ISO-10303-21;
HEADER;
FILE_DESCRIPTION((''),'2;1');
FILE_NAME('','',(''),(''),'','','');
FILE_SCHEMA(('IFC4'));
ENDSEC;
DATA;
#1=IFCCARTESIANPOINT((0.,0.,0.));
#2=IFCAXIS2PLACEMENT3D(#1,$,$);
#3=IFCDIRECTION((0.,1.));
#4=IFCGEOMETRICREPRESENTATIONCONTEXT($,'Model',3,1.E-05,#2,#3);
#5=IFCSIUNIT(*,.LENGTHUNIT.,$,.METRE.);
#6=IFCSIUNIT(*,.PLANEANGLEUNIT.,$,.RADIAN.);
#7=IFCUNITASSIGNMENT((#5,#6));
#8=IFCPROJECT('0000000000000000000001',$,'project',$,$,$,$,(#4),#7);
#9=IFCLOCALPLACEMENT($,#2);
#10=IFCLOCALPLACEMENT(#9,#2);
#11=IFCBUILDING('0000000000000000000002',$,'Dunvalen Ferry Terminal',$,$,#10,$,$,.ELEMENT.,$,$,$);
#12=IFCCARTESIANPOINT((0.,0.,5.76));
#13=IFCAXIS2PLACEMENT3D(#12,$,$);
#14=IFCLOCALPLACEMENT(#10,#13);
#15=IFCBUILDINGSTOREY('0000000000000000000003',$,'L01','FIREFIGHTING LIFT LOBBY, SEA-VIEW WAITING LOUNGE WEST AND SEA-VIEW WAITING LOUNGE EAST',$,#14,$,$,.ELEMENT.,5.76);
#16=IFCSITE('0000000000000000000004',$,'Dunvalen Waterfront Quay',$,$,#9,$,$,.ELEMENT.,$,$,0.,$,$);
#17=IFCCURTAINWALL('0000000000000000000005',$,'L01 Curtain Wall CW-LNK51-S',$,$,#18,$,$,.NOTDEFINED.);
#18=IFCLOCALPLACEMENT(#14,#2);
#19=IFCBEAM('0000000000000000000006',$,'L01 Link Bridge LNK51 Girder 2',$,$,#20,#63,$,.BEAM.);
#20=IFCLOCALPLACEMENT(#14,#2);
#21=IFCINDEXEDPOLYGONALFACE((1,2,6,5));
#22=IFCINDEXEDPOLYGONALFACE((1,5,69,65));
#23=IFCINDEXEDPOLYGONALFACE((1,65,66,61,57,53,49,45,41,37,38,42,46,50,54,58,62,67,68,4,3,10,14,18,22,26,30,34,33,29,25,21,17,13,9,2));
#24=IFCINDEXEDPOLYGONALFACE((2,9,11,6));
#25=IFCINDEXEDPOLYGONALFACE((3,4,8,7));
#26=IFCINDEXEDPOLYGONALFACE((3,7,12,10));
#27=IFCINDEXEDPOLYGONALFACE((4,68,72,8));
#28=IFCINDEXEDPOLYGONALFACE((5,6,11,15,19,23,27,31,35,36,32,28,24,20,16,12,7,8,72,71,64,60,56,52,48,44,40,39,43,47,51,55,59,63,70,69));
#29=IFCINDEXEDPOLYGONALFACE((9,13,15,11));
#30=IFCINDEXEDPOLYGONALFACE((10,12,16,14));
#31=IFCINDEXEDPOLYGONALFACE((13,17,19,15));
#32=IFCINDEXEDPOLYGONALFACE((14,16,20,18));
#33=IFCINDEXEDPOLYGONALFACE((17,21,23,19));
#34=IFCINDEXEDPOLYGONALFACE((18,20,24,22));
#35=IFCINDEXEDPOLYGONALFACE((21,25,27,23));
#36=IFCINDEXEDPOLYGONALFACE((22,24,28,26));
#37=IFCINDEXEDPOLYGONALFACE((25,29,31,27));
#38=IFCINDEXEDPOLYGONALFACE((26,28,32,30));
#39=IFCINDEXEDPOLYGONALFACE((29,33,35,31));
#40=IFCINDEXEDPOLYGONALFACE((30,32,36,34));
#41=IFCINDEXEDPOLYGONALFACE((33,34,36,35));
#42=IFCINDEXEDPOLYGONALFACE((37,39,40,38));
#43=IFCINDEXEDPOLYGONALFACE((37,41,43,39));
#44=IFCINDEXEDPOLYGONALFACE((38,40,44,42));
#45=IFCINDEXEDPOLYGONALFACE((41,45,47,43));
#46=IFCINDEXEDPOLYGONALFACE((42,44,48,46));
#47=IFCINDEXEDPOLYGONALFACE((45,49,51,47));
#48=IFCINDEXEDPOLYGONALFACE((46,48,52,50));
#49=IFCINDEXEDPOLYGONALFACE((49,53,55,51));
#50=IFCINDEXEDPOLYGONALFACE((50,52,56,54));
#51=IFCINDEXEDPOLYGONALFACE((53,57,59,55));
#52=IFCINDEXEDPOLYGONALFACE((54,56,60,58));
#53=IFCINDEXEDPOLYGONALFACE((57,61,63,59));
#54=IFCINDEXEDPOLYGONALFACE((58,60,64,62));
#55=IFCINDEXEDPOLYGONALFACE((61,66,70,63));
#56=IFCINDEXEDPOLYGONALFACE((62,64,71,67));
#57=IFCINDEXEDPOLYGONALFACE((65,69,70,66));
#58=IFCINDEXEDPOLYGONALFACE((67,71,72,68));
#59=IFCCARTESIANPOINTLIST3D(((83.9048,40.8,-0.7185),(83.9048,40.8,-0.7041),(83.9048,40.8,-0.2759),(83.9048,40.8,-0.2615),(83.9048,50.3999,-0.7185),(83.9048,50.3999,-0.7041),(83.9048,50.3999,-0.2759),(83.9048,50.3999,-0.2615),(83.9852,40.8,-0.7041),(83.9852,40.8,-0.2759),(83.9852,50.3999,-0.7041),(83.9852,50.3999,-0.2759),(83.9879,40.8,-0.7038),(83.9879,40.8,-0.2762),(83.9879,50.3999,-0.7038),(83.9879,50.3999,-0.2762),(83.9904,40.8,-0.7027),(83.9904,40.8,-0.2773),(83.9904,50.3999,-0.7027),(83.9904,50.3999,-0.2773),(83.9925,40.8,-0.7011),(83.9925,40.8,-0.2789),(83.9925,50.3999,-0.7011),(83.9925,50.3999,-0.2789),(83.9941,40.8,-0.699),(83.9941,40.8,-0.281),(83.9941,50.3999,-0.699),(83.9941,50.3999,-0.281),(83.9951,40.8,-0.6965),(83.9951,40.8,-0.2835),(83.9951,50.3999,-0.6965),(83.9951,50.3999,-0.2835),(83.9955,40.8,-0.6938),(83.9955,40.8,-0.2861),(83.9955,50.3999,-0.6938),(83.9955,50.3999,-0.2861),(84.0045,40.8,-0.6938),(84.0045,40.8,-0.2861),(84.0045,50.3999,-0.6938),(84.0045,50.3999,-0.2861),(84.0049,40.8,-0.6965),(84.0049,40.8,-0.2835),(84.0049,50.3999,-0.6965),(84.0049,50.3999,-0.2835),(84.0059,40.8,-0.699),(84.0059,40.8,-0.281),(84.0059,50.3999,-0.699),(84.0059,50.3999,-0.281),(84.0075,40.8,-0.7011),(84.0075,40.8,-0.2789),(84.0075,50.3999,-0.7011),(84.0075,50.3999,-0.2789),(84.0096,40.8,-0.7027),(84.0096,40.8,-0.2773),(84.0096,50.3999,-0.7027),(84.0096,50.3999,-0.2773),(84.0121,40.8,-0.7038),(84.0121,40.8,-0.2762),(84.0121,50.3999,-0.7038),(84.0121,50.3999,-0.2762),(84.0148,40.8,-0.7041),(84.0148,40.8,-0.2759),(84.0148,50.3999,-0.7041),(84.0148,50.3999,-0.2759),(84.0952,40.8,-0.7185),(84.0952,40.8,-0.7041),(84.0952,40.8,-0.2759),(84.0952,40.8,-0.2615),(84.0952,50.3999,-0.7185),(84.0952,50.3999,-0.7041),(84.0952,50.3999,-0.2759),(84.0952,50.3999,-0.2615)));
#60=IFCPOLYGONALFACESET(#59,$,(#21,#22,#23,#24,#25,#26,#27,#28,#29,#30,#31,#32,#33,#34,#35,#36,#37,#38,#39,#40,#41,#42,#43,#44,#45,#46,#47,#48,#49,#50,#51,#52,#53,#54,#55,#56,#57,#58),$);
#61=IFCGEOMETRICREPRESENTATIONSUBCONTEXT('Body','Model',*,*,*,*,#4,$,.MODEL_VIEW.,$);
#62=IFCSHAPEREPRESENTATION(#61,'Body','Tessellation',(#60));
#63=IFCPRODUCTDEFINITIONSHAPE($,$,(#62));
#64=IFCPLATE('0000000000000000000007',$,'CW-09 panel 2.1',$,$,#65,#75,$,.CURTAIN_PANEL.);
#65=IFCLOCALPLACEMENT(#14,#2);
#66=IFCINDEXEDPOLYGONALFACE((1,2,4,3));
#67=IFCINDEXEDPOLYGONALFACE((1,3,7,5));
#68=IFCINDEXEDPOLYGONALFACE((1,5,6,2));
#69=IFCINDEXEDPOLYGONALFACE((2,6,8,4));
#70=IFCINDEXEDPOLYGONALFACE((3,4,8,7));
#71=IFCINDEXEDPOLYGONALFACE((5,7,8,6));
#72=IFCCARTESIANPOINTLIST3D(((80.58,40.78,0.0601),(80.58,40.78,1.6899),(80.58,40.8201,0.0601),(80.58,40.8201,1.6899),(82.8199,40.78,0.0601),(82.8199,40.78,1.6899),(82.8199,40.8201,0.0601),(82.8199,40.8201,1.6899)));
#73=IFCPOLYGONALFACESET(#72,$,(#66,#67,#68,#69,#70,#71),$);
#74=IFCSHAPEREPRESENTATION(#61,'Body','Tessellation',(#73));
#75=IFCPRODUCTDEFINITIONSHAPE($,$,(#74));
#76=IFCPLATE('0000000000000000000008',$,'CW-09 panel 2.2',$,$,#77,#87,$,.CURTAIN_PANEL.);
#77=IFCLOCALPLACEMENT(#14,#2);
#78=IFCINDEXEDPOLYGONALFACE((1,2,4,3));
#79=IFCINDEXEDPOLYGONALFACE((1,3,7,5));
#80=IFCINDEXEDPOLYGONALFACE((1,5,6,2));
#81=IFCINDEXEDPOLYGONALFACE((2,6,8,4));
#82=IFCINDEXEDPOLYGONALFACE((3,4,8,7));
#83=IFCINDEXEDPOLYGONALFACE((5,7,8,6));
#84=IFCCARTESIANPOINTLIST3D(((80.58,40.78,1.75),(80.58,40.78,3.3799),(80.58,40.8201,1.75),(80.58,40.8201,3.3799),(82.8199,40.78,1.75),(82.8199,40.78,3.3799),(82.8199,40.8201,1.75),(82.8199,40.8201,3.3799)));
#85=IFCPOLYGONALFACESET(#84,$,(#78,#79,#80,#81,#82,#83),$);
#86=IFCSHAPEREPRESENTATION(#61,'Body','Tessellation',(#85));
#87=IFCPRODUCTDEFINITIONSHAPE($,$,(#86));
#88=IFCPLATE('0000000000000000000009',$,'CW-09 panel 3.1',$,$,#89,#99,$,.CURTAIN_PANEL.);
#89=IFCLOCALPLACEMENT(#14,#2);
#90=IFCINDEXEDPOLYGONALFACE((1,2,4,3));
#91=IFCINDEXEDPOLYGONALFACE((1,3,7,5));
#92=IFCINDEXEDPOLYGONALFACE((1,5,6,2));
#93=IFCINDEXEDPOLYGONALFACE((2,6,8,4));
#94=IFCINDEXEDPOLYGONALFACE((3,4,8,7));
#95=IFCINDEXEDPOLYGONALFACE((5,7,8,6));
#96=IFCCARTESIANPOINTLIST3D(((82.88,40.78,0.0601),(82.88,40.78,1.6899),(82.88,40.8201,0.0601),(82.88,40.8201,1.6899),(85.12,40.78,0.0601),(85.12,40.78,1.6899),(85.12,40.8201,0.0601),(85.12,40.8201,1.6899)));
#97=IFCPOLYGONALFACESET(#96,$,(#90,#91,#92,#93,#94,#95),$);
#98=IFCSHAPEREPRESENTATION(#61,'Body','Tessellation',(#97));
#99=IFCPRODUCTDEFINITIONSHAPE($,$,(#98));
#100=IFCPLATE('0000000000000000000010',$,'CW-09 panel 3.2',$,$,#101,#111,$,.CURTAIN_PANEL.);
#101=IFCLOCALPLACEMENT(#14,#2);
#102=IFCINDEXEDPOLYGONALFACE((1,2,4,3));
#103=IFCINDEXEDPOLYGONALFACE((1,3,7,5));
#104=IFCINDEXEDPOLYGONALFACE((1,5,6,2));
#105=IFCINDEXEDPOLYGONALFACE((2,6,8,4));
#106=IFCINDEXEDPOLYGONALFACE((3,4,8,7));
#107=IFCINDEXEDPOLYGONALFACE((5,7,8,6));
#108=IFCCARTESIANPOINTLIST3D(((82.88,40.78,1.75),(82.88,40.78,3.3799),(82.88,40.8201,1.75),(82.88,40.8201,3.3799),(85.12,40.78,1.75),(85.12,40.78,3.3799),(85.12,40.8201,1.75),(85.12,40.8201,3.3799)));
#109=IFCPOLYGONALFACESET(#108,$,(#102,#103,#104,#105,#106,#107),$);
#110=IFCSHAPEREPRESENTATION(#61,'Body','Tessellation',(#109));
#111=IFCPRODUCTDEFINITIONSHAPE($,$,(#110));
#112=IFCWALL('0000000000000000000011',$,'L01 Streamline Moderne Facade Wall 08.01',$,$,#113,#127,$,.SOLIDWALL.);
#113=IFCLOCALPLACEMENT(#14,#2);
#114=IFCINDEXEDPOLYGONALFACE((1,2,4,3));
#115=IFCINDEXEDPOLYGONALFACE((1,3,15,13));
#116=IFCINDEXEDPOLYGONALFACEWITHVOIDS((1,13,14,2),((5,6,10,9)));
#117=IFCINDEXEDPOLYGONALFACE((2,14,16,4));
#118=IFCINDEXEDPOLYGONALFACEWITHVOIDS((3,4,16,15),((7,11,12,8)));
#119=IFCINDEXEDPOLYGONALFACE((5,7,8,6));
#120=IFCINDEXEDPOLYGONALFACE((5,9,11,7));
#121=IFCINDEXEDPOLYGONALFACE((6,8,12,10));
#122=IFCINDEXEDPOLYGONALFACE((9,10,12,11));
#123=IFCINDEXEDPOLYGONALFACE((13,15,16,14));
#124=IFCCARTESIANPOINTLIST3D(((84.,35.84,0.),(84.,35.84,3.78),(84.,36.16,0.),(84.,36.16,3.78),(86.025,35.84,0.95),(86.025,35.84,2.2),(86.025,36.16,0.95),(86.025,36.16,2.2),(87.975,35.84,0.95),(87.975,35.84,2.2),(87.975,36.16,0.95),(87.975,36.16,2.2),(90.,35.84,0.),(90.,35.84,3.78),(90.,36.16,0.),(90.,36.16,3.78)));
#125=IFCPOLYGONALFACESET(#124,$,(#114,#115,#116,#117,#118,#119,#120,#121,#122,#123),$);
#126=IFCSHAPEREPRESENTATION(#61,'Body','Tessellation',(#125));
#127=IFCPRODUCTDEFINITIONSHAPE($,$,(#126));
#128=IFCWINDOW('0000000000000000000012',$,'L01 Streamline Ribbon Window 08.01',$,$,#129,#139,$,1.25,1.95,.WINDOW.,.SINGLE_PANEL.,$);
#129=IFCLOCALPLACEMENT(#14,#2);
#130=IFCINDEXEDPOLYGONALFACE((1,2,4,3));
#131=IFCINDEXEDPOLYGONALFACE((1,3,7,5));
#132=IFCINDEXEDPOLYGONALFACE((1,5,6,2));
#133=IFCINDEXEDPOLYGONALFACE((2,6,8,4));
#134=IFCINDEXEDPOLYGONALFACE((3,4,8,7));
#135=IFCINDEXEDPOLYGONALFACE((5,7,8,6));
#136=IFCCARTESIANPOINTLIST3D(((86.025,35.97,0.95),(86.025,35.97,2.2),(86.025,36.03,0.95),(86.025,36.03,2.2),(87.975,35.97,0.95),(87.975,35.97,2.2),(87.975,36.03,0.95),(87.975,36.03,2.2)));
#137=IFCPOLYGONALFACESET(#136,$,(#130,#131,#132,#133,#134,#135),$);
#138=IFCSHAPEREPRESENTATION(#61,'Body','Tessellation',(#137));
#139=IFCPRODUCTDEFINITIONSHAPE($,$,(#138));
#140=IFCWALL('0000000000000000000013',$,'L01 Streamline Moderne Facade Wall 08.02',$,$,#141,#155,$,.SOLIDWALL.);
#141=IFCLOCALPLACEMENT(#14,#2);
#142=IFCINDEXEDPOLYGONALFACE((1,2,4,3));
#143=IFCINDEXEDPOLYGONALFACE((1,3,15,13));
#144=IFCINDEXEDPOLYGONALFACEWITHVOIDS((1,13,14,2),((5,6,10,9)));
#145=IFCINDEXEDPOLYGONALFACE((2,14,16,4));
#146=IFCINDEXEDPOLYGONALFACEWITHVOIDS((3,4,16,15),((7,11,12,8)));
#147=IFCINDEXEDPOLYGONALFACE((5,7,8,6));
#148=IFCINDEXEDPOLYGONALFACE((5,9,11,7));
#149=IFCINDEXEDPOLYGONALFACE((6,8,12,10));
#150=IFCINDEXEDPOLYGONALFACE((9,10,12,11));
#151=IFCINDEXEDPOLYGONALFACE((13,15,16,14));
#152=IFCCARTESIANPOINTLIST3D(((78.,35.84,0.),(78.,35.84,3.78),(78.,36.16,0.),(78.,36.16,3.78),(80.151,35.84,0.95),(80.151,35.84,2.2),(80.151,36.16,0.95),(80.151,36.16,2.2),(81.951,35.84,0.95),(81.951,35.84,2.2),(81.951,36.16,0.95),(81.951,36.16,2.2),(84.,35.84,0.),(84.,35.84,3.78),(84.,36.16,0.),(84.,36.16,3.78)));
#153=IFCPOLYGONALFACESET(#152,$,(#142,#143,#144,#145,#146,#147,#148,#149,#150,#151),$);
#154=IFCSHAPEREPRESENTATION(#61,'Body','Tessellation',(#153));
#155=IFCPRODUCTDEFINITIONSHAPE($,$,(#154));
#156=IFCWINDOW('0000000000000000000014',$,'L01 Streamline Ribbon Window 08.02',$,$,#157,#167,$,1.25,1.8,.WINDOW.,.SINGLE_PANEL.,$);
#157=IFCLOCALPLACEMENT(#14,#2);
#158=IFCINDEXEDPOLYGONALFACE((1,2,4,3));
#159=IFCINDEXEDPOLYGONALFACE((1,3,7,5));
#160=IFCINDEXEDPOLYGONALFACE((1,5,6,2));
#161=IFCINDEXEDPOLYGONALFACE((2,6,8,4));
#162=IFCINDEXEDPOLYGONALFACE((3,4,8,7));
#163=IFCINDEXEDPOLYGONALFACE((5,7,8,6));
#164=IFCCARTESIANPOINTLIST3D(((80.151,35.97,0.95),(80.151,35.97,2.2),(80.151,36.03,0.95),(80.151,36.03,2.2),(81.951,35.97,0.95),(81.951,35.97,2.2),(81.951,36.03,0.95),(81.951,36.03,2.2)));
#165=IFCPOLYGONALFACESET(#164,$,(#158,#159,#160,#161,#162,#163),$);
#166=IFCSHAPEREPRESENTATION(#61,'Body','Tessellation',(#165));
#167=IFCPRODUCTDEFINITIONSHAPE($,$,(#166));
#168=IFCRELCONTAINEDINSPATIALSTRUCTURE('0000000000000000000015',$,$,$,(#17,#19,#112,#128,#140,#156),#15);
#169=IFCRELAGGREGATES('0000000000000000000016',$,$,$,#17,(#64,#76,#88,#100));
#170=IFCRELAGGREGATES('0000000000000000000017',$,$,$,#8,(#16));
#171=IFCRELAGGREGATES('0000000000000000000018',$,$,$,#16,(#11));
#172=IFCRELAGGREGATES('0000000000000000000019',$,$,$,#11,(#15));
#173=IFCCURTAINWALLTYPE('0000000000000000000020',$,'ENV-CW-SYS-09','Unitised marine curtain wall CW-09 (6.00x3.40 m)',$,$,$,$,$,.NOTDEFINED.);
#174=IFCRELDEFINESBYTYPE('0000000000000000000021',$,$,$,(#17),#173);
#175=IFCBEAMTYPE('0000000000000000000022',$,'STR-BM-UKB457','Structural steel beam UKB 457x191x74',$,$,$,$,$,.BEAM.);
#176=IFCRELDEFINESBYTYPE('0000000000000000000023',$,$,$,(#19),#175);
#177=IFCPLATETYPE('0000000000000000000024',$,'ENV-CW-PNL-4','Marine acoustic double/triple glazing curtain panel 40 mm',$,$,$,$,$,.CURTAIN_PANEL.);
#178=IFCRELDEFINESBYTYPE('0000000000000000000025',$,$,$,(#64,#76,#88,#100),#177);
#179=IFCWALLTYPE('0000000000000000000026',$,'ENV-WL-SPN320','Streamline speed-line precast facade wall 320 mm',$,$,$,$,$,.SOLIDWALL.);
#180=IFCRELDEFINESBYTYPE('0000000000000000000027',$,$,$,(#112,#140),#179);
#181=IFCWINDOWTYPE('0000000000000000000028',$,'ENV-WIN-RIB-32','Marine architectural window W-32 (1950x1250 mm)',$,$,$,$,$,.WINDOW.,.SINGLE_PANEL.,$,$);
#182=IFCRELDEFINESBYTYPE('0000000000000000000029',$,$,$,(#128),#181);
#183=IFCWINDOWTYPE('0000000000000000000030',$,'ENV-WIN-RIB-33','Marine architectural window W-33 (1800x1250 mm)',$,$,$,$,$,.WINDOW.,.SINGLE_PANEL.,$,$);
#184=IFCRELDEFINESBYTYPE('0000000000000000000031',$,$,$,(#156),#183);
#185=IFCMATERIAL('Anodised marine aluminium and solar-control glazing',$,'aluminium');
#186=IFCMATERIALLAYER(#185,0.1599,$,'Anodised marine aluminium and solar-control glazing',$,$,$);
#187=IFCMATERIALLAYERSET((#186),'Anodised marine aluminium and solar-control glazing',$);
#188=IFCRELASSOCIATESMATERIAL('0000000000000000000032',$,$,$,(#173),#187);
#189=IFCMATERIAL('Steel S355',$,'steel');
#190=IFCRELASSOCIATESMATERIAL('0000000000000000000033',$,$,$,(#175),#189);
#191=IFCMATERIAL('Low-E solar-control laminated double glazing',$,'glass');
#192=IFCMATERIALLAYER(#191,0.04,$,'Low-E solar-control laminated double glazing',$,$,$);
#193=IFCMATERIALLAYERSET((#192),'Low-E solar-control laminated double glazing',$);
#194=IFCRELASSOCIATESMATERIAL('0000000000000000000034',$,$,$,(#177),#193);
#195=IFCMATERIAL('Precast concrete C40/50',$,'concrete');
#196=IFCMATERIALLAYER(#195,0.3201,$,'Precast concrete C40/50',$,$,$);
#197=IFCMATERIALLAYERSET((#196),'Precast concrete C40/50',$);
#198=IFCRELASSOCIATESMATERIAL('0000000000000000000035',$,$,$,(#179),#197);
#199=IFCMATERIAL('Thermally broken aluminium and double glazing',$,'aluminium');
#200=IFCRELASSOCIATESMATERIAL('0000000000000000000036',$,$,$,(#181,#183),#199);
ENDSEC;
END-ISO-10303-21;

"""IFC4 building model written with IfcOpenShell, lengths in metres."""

from ifc_helpers import new_model, si_unit, direction, frame, frame_2d, origin, origin_2d, place, context, subcontext, project, spatial, rectangle, i_section, extrude, material, layer, layer_set, material_profile, profile_set, type_object, element, fill, aggregate, save


model = new_model("IFC4")

# Units and contexts
model_context = context("Model", 3, precision=1e-05, world=origin(), true_north=direction((0.0, 1.0)))
body_context = subcontext(model_context, "Body", "Model", "MODEL_VIEW")
ifc_project = project(units=[si_unit("LENGTHUNIT", "METRE"), si_unit("PLANEANGLEUNIT", "RADIAN")], contexts=[model_context])

# Site, building, storey
site_placement = place(None, origin())
site = spatial("IfcSite", under=ifc_project, at=site_placement, Name="Dunvalen Waterfront Quay", CompositionType="ELEMENT", RefElevation=0.0)
building_placement = place(site_placement, origin())
building = spatial("IfcBuilding", under=site, at=building_placement, Name="Dunvalen Ferry Terminal", CompositionType="ELEMENT")
storey_placement = place(building_placement, frame((0.0, 0.0, 5.76)))
storey = spatial("IfcBuildingStorey", under=building, at=storey_placement, Name="L01", Description="FIREFIGHTING LIFT LOBBY, SEA-VIEW WAITING LOUNGE WEST AND SEA-VIEW WAITING LOUNGE EAST", CompositionType="ELEMENT", Elevation=5.76)

# Curtain wall
ifc_material_1 = material(Name="Anodised marine aluminium and solar-control glazing", Category="aluminium")
ifc_layer_1 = layer(ifc_material_1, 0.1599, Name="Anodised marine aluminium and solar-control glazing")
ifc_layer_set_1 = layer_set([ifc_layer_1], Name="Anodised marine aluminium and solar-control glazing")
curtain_wall_type = type_object("IfcCurtainWallType", Name="ENV-CW-SYS-09", Description="Unitised marine curtain wall CW-09 (6.00x3.40 m)", PredefinedType="NOTDEFINED", material=ifc_layer_set_1)
curtain_wall_placement = place(storey_placement, origin())
curtain_wall = element("IfcCurtainWall", 1, at=curtain_wall_placement, inside=storey, type_object=curtain_wall_type, Name="L01 Curtain Wall CW-LNK51-S", PredefinedType="NOTDEFINED")

# Beam
ifc_material_2 = material(Name="Steel S355", Category="steel")
ifc_material_profile_1 = material_profile(ifc_material_2, i_section(OverallWidth=0.1904, OverallDepth=0.457, WebThickness=0.009, FlangeThickness=0.0144, FilletRadius=0.0103, at=origin_2d()), Name="Steel S355")
ifc_profile_set_1 = profile_set([ifc_material_profile_1], Name="Steel S355")
beam_type_1 = type_object("IfcBeamType", Name="STR-BM-UKB457", Description="Structural steel beam UKB 457x191x74", PredefinedType="BEAM", material=ifc_profile_set_1)
beam_1_placement = place(storey_placement, frame((84.0, 40.8, -0.49), z_axis=(0.0, 1.0, 0.0), x_axis=(-1.0, 0.0, 0.0)))
element("IfcBeam", 2, at=beam_1_placement, inside=storey, type_object=beam_type_1, Name="L01 Link Bridge LNK51 Girder 2", PredefinedType="BEAM", context=body_context, shape_type="SweptSolid", body=[
    extrude(i_section(OverallWidth=0.1904, OverallDepth=0.457, WebThickness=0.009, FlangeThickness=0.0144, FilletRadius=0.0103, at=origin_2d()), origin(), (0.0, 0.0, 1.0), 9.5999),
])

# Plates
ifc_material_3 = material(Name="Low-E solar-control laminated double glazing", Category="glass")
ifc_layer_2 = layer(ifc_material_3, 0.04, Name="Low-E solar-control laminated double glazing")
ifc_layer_set_2 = layer_set([ifc_layer_2], Name="Low-E solar-control laminated double glazing")
plate_type = type_object("IfcPlateType", Name="ENV-CW-PNL-4", Description="Marine acoustic double/triple glazing curtain panel 40 mm", PredefinedType="CURTAIN_PANEL", material=ifc_layer_set_2)
plate_1_placement = place(storey_placement, frame((81.7, 40.8, 0.0601), z_axis=(0.0, 0.0, 1.0), x_axis=(1.0, 0.0, 0.0)))
plate_1 = element("IfcPlate", 3, at=plate_1_placement, type_object=plate_type, Name="CW-09 panel 2.1", PredefinedType="CURTAIN_PANEL", context=body_context, shape_type="SweptSolid", body=[
    extrude(rectangle(XDim=2.24, YDim=0.04, at=origin_2d()), origin(), (0.0, 0.0, 1.0), 1.6299),
])
plate_2_placement = place(storey_placement, frame((81.7, 40.8, 1.75), z_axis=(0.0, 0.0, 1.0), x_axis=(1.0, 0.0, 0.0)))
plate_2 = element("IfcPlate", 4, at=plate_2_placement, type_object=plate_type, Name="CW-09 panel 2.2", PredefinedType="CURTAIN_PANEL", context=body_context, shape_type="SweptSolid", body=[
    extrude(rectangle(XDim=2.24, YDim=0.04, at=origin_2d()), origin(), (0.0, 0.0, 1.0), 1.6299),
])
plate_3_placement = place(storey_placement, frame((84.0, 40.8, 0.0601), z_axis=(0.0, 0.0, 1.0), x_axis=(1.0, 0.0, 0.0)))
plate_3 = element("IfcPlate", 5, at=plate_3_placement, type_object=plate_type, Name="CW-09 panel 3.1", PredefinedType="CURTAIN_PANEL", context=body_context, shape_type="SweptSolid", body=[
    extrude(rectangle(XDim=2.24, YDim=0.04, at=origin_2d()), origin(), (0.0, 0.0, 1.0), 1.6299),
])
plate_4_placement = place(storey_placement, frame((84.0, 40.8, 1.75), z_axis=(0.0, 0.0, 1.0), x_axis=(1.0, 0.0, 0.0)))
plate_4 = element("IfcPlate", 6, at=plate_4_placement, type_object=plate_type, Name="CW-09 panel 3.2", PredefinedType="CURTAIN_PANEL", context=body_context, shape_type="SweptSolid", body=[
    extrude(rectangle(XDim=2.24, YDim=0.04, at=origin_2d()), origin(), (0.0, 0.0, 1.0), 1.6299),
])
aggregate(curtain_wall, [plate_1, plate_2, plate_3, plate_4])

# Walls, openings, windows
ifc_material_4 = material(Name="Precast concrete C40/50", Category="concrete")
ifc_layer_3 = layer(ifc_material_4, 0.3201, Name="Precast concrete C40/50")
ifc_layer_set_3 = layer_set([ifc_layer_3], Name="Precast concrete C40/50")
wall_type = type_object("IfcWallType", Name="ENV-WL-SPN320", Description="Streamline speed-line precast facade wall 320 mm", PredefinedType="SOLIDWALL", material=ifc_layer_set_3)
wall_1_placement = place(storey_placement, frame((90.0, 36.0, 0.0), z_axis=(0.0, 0.0, 1.0), x_axis=(-1.0, 0.0, 0.0)))
wall_1 = element("IfcWall", 7, at=wall_1_placement, inside=storey, type_object=wall_type, Name="L01 Streamline Moderne Facade Wall 08.01", PredefinedType="SOLIDWALL", context=body_context, shape_type="SweptSolid", body=[
    extrude(rectangle(XDim=6.0, YDim=0.3201, at=frame_2d((3.0, 0.0))), origin(), (0.0, 0.0, 1.0), 3.78),
])
opening_1_placement = place(wall_1_placement, frame((2.0249, 0.0, 0.95)))
opening_1 = element("IfcOpeningElement", 8, at=opening_1_placement, cuts=wall_1, PredefinedType="OPENING", context=body_context, shape_type="SweptSolid", body=[
    extrude(rectangle(XDim=1.95, YDim=1.25, at=frame_2d((0.9751, 0.625))), frame((0.0, 0.1699, 0.0), z_axis=(0.0, -1.0, 0.0), x_axis=(1.0, 0.0, 0.0)), (0.0, 0.0, 1.0), 0.3401),
])
ifc_material_5 = material(Name="Thermally broken aluminium and double glazing", Category="aluminium")
window_type_1 = type_object("IfcWindowType", Name="ENV-WIN-RIB-32", Description="Marine architectural window W-32 (1950x1250 mm)", PartitioningType="SINGLE_PANEL", PredefinedType="WINDOW", material=ifc_material_5)
window_1_placement = place(opening_1_placement, origin())
window_1 = element("IfcWindow", 9, at=window_1_placement, inside=storey, type_object=window_type_1, Name="L01 Streamline Ribbon Window 08.01", OverallHeight=1.25, OverallWidth=1.95, PartitioningType="SINGLE_PANEL", PredefinedType="WINDOW", context=body_context, shape_type="SweptSolid", body=[
    extrude(rectangle(XDim=1.95, YDim=1.25, at=frame_2d((0.9751, 0.625))), frame((0.0, 0.03, 0.0), z_axis=(0.0, -1.0, 0.0), x_axis=(1.0, 0.0, 0.0)), (0.0, 0.0, 1.0), 0.0601),
])
fill(opening_1, window_1)
wall_2_placement = place(storey_placement, frame((84.0, 36.0, 0.0), z_axis=(0.0, 0.0, 1.0), x_axis=(-1.0, 0.0, 0.0)))
wall_2 = element("IfcWall", 10, at=wall_2_placement, inside=storey, type_object=wall_type, Name="L01 Streamline Moderne Facade Wall 08.02", PredefinedType="SOLIDWALL", context=body_context, shape_type="SweptSolid", body=[
    extrude(rectangle(XDim=6.0, YDim=0.3201, at=frame_2d((3.0, 0.0))), origin(), (0.0, 0.0, 1.0), 3.78),
])
opening_2_placement = place(wall_2_placement, frame((2.0491, 0.0, 0.95)))
opening_2 = element("IfcOpeningElement", 11, at=opening_2_placement, cuts=wall_2, PredefinedType="OPENING", context=body_context, shape_type="SweptSolid", body=[
    extrude(rectangle(XDim=1.8, YDim=1.25, at=frame_2d((0.8999, 0.625))), frame((0.0, 0.1699, 0.0), z_axis=(0.0, -1.0, 0.0), x_axis=(1.0, 0.0, 0.0)), (0.0, 0.0, 1.0), 0.3401),
])
window_type_2 = type_object("IfcWindowType", Name="ENV-WIN-RIB-33", Description="Marine architectural window W-33 (1800x1250 mm)", PartitioningType="SINGLE_PANEL", PredefinedType="WINDOW", material=ifc_material_5)
window_2_placement = place(opening_2_placement, origin())
window_2 = element("IfcWindow", 12, at=window_2_placement, inside=storey, type_object=window_type_2, Name="L01 Streamline Ribbon Window 08.02", OverallHeight=1.25, OverallWidth=1.8, PartitioningType="SINGLE_PANEL", PredefinedType="WINDOW", context=body_context, shape_type="SweptSolid", body=[
    extrude(rectangle(XDim=1.8, YDim=1.25, at=frame_2d((0.8999, 0.625))), frame((0.0, 0.03, 0.0), z_axis=(0.0, -1.0, 0.0), x_axis=(1.0, 0.0, 0.0)), (0.0, 0.0, 1.0), 0.0601),
])
fill(opening_2, window_2)

save(model, "model.ifc")
